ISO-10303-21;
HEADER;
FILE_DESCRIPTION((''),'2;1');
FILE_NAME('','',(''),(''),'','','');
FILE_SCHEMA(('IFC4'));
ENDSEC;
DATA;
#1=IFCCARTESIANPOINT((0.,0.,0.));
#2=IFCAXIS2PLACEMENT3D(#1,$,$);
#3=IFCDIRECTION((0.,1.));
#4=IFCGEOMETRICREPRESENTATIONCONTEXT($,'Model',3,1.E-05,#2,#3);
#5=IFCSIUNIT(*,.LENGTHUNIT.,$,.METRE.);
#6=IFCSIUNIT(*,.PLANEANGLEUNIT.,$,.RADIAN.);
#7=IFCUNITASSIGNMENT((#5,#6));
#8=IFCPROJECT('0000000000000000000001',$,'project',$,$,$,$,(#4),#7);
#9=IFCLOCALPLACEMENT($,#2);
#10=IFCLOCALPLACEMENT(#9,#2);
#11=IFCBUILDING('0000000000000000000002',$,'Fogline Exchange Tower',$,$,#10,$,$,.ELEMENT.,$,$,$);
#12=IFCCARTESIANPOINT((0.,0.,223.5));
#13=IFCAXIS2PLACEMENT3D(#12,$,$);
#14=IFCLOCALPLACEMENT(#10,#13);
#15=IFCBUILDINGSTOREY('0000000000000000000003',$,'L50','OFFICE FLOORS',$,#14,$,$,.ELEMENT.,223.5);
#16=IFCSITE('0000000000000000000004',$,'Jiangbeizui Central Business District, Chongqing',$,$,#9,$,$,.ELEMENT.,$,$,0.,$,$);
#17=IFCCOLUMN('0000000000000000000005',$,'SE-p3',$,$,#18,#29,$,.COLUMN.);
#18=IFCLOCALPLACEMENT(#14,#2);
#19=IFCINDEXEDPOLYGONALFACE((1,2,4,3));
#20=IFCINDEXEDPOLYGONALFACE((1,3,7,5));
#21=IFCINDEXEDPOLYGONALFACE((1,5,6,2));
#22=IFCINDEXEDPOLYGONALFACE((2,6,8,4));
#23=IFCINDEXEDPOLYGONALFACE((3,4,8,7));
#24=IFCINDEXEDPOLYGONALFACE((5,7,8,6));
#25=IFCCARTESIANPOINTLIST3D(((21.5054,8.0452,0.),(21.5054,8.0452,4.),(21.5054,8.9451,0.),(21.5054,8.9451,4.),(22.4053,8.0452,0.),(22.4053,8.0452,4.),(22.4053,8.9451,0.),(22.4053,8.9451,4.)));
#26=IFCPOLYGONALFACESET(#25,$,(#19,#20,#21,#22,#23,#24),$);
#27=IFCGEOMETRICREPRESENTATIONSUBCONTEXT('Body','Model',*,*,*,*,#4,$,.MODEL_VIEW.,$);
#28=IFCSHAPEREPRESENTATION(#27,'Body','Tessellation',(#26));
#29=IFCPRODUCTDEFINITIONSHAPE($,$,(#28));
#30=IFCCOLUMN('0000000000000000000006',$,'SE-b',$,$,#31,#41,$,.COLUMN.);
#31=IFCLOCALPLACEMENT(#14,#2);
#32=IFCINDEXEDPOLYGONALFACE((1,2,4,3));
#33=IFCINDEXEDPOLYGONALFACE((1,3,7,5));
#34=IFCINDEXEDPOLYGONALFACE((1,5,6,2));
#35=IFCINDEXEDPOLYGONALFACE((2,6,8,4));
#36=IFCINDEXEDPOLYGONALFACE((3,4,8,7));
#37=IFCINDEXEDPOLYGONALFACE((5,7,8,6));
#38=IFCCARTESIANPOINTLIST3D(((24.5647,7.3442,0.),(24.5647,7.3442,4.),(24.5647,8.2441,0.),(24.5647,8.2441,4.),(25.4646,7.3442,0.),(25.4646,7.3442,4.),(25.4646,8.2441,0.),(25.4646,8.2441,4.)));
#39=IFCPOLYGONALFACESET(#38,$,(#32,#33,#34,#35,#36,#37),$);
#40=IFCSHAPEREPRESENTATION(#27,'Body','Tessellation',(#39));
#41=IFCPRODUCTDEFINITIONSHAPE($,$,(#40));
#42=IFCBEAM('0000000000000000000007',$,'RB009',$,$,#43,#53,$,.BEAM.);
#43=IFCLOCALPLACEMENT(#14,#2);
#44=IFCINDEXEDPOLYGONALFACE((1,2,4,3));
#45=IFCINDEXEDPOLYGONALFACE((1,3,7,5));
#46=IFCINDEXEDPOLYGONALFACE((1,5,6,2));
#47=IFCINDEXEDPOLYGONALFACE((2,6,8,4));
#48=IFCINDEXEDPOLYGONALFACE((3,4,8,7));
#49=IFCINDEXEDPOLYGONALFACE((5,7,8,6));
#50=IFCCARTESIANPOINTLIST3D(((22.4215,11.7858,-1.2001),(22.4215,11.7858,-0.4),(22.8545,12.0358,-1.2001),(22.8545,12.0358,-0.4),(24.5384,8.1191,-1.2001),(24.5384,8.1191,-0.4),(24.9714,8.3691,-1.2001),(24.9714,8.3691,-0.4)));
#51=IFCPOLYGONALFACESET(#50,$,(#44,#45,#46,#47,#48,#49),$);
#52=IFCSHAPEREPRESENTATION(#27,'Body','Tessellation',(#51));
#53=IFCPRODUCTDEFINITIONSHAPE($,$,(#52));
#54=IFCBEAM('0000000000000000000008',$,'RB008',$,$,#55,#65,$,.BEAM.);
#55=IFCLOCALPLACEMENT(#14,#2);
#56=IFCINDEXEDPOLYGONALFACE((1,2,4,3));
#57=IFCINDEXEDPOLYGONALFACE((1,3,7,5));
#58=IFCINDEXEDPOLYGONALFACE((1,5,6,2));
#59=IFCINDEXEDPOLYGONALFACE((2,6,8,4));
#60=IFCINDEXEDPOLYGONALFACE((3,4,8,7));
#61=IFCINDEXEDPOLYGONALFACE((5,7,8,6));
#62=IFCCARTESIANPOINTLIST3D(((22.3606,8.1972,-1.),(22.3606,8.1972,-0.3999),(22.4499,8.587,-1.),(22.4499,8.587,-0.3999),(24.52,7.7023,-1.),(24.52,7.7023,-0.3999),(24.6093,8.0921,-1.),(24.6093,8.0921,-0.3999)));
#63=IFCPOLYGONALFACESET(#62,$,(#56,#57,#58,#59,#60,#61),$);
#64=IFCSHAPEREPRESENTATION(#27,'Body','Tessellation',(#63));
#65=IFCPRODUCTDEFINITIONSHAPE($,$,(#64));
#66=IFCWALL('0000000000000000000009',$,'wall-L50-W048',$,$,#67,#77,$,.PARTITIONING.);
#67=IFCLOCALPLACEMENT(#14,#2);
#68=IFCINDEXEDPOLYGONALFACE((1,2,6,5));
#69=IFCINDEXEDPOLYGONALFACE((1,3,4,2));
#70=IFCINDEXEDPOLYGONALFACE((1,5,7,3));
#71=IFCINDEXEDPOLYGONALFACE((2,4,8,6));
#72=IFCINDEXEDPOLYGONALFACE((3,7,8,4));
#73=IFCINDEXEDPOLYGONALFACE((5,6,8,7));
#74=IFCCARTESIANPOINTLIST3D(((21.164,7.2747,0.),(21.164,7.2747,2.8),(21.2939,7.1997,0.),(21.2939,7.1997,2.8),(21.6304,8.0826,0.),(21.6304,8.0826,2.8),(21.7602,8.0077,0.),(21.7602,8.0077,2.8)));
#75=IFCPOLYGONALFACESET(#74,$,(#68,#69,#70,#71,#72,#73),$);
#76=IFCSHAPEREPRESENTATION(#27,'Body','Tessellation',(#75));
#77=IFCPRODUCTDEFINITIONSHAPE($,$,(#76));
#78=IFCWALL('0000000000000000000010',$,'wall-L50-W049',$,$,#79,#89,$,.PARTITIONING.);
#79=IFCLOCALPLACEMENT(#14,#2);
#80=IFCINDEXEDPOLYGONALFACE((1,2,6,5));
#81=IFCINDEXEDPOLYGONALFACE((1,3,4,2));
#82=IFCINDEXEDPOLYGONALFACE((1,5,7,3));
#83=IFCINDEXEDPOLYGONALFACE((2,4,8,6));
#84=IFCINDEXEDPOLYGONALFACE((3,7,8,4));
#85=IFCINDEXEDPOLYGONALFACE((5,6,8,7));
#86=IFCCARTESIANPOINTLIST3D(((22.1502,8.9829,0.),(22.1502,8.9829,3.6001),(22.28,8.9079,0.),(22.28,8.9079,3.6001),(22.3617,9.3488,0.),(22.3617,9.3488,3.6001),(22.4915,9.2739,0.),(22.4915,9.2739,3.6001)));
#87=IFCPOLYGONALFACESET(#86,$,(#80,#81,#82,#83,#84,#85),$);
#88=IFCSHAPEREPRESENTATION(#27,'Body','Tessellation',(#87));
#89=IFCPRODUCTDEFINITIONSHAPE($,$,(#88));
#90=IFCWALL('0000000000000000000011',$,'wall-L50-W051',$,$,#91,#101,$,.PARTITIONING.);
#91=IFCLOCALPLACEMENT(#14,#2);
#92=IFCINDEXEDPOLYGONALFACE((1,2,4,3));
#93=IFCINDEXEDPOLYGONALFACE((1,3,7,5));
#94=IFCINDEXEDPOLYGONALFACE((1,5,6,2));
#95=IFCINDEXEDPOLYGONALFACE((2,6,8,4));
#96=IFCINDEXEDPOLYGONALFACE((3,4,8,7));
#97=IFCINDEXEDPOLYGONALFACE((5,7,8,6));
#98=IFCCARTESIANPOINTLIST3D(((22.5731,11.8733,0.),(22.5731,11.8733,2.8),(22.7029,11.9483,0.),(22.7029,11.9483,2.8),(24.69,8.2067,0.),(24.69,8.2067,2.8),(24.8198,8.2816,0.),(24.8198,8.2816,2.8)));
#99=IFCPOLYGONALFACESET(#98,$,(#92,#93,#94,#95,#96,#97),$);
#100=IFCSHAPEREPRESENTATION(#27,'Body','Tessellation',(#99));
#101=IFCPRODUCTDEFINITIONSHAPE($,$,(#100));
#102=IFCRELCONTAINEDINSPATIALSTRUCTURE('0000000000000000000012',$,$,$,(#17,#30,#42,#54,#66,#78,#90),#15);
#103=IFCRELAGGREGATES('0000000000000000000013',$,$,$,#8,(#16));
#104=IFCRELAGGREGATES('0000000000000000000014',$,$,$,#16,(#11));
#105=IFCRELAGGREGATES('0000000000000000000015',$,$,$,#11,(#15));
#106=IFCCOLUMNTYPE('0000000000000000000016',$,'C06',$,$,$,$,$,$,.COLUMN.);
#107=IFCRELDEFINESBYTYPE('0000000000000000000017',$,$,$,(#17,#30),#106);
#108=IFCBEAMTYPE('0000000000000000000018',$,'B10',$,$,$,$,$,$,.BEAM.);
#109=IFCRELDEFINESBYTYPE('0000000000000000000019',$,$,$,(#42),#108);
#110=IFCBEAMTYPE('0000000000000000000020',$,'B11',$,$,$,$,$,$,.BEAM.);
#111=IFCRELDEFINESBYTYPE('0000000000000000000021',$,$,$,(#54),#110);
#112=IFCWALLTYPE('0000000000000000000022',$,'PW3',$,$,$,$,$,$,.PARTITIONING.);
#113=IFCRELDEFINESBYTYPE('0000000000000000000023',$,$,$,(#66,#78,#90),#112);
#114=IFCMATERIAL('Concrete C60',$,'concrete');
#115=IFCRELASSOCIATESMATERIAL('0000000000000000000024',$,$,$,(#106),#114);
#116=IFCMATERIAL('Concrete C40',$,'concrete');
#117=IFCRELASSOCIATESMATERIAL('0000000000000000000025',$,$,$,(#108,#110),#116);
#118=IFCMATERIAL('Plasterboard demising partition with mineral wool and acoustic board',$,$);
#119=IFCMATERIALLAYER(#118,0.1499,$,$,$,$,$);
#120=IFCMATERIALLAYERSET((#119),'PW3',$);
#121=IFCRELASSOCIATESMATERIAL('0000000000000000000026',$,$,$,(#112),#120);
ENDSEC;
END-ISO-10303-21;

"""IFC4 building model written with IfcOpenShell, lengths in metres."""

from ifc_helpers import new_model, si_unit, direction, frame, frame_2d, origin, origin_2d, place, context, subcontext, project, spatial, rectangle, extrude, material, layer, layer_set, material_profile, profile_set, type_object, element, save


model = new_model("IFC4")

# Units and contexts
model_context = context("Model", 3, precision=1e-05, world=origin(), true_north=direction((0.0, 1.0)))
body_context = subcontext(model_context, "Body", "Model", "MODEL_VIEW")
ifc_project = project(units=[si_unit("LENGTHUNIT", "METRE"), si_unit("PLANEANGLEUNIT", "RADIAN")], contexts=[model_context])

# Site, building, storey
site_placement = place(None, origin())
site = spatial("IfcSite", under=ifc_project, at=site_placement, Name="Jiangbeizui Central Business District, Chongqing", CompositionType="ELEMENT", RefElevation=0.0)
building_placement = place(site_placement, origin())
building = spatial("IfcBuilding", under=site, at=building_placement, Name="Fogline Exchange Tower", CompositionType="ELEMENT")
storey_placement = place(building_placement, frame((0.0, 0.0, 223.5)))
storey = spatial("IfcBuildingStorey", under=building, at=storey_placement, Name="L50", Description="OFFICE FLOORS", CompositionType="ELEMENT", Elevation=223.5)

# Columns
ifc_material_1 = material(Name="Concrete C60", Category="concrete")
ifc_material_profile_1 = material_profile(ifc_material_1, rectangle(XDim=0.8999, YDim=0.8999, at=origin_2d()), Name="RC 900x900")
ifc_profile_set_1 = profile_set([ifc_material_profile_1], Name="Concrete C60")
column_type = type_object("IfcColumnType", Name="C06", PredefinedType="COLUMN", material=ifc_profile_set_1)
for number, where, z_axis, x_axis, name in (
    (1, (21.9553, 8.4951, 0.0), (0.0, 0.0, 1.0), (1.0, 0.0, 0.0), "SE-p3"),
    (2, (25.0146, 7.7942, 0.0), (0.0, 0.0, 1.0), (1.0, 0.0, 0.0), "SE-b"),
):
    element("IfcColumn", number, at=place(storey_placement, frame(where, z_axis=z_axis, x_axis=x_axis)), inside=storey, type_object=column_type, Name=name, PredefinedType="COLUMN", context=body_context, shape_type="SweptSolid", body=[
        extrude(rectangle(XDim=0.8999, YDim=0.8999, at=origin_2d()), origin(), (0.0, 0.0, 1.0), 4.0),
    ])

# Beams
ifc_material_2 = material(Name="Concrete C40", Category="concrete")
ifc_material_profile_2 = material_profile(ifc_material_2, rectangle(XDim=0.5, YDim=0.8, at=origin_2d()), Name="RC 500x800")
ifc_profile_set_2 = profile_set([ifc_material_profile_2], Name="Concrete C40")
beam_type_1 = type_object("IfcBeamType", Name="B10", PredefinedType="BEAM", material=ifc_profile_set_2)
beam_1_placement = place(storey_placement, frame((24.7549, 8.2441, -0.8), z_axis=(-0.49999, 0.866031, 0.0), x_axis=(-0.866031, -0.49999, 0.0)))
element("IfcBeam", 3, at=beam_1_placement, inside=storey, type_object=beam_type_1, Name="RB009", PredefinedType="BEAM", context=body_context, shape_type="SweptSolid", body=[
    extrude(rectangle(XDim=0.5, YDim=0.8, at=origin_2d()), origin(), (0.0, 0.0, 1.0), 4.2339),
])
ifc_material_profile_3 = material_profile(ifc_material_2, rectangle(XDim=0.3999, YDim=0.6001, at=origin_2d()), Name="RC 400x600")
ifc_profile_set_3 = profile_set([ifc_material_profile_3], Name="Concrete C40")
beam_type_2 = type_object("IfcBeamType", Name="B11", PredefinedType="BEAM", material=ifc_profile_set_3)
beam_2_placement = place(storey_placement, frame((22.4053, 8.3921, -0.7), z_axis=(0.974732, -0.223378, 0.0), x_axis=(0.223378, 0.974732, 0.0)))
element("IfcBeam", 4, at=beam_2_placement, inside=storey, type_object=beam_type_2, Name="RB008", PredefinedType="BEAM", context=body_context, shape_type="SweptSolid", body=[
    extrude(rectangle(XDim=0.3999, YDim=0.6001, at=origin_2d()), origin(), (0.0, 0.0, 1.0), 2.2153),
])

# Walls
ifc_material_3 = material(Name="Plasterboard demising partition with mineral wool and acoustic board")
ifc_layer_1 = layer(ifc_material_3, 0.1499)
ifc_layer_set_1 = layer_set([ifc_layer_1], Name="PW3")
wall_type_1 = type_object("IfcWallType", Name="PW3", PredefinedType="PARTITIONING", material=ifc_layer_set_1)
wall_1_placement = place(storey_placement, frame((21.229, 7.2373, 0.0), z_axis=(0.0, 0.0, 1.0), x_axis=(0.499911, 0.866077, 0.0)))
element("IfcWall", 5, at=wall_1_placement, inside=storey, type_object=wall_type_1, Name="wall-L50-W048", PredefinedType="PARTITIONING", context=body_context, shape_type="SweptSolid", body=[
    extrude(rectangle(XDim=0.9329, YDim=0.1499, at=frame_2d((0.4663, 0.0))), origin(), (0.0, 0.0, 1.0), 2.8),
])
wall_2_placement = place(storey_placement, frame((22.2151, 8.9453, 0.0), z_axis=(0.0, 0.0, 1.0), x_axis=(0.500239, 0.865887, 0.0)))
element("IfcWall", 6, at=wall_2_placement, inside=storey, type_object=wall_type_1, Name="wall-L50-W049", PredefinedType="PARTITIONING", context=body_context, shape_type="SweptSolid", body=[
    extrude(rectangle(XDim=0.4226, YDim=0.1499, at=frame_2d((0.2114, 0.0))), origin(), (0.0, 0.0, 1.0), 3.6001),
])
wall_3_placement = place(storey_placement, frame((24.7549, 8.2441, 0.0), z_axis=(0.0, 0.0, 1.0), x_axis=(-0.49999, 0.866031, 0.0)))
element("IfcWall", 7, at=wall_3_placement, inside=storey, type_object=wall_type_1, Name="wall-L50-W051", PredefinedType="PARTITIONING", context=body_context, shape_type="SweptSolid", body=[
    extrude(rectangle(XDim=4.2339, YDim=0.1499, at=frame_2d((2.1169, 0.0))), origin(), (0.0, 0.0, 1.0), 2.8),
])

save(model, "model.ifc")
